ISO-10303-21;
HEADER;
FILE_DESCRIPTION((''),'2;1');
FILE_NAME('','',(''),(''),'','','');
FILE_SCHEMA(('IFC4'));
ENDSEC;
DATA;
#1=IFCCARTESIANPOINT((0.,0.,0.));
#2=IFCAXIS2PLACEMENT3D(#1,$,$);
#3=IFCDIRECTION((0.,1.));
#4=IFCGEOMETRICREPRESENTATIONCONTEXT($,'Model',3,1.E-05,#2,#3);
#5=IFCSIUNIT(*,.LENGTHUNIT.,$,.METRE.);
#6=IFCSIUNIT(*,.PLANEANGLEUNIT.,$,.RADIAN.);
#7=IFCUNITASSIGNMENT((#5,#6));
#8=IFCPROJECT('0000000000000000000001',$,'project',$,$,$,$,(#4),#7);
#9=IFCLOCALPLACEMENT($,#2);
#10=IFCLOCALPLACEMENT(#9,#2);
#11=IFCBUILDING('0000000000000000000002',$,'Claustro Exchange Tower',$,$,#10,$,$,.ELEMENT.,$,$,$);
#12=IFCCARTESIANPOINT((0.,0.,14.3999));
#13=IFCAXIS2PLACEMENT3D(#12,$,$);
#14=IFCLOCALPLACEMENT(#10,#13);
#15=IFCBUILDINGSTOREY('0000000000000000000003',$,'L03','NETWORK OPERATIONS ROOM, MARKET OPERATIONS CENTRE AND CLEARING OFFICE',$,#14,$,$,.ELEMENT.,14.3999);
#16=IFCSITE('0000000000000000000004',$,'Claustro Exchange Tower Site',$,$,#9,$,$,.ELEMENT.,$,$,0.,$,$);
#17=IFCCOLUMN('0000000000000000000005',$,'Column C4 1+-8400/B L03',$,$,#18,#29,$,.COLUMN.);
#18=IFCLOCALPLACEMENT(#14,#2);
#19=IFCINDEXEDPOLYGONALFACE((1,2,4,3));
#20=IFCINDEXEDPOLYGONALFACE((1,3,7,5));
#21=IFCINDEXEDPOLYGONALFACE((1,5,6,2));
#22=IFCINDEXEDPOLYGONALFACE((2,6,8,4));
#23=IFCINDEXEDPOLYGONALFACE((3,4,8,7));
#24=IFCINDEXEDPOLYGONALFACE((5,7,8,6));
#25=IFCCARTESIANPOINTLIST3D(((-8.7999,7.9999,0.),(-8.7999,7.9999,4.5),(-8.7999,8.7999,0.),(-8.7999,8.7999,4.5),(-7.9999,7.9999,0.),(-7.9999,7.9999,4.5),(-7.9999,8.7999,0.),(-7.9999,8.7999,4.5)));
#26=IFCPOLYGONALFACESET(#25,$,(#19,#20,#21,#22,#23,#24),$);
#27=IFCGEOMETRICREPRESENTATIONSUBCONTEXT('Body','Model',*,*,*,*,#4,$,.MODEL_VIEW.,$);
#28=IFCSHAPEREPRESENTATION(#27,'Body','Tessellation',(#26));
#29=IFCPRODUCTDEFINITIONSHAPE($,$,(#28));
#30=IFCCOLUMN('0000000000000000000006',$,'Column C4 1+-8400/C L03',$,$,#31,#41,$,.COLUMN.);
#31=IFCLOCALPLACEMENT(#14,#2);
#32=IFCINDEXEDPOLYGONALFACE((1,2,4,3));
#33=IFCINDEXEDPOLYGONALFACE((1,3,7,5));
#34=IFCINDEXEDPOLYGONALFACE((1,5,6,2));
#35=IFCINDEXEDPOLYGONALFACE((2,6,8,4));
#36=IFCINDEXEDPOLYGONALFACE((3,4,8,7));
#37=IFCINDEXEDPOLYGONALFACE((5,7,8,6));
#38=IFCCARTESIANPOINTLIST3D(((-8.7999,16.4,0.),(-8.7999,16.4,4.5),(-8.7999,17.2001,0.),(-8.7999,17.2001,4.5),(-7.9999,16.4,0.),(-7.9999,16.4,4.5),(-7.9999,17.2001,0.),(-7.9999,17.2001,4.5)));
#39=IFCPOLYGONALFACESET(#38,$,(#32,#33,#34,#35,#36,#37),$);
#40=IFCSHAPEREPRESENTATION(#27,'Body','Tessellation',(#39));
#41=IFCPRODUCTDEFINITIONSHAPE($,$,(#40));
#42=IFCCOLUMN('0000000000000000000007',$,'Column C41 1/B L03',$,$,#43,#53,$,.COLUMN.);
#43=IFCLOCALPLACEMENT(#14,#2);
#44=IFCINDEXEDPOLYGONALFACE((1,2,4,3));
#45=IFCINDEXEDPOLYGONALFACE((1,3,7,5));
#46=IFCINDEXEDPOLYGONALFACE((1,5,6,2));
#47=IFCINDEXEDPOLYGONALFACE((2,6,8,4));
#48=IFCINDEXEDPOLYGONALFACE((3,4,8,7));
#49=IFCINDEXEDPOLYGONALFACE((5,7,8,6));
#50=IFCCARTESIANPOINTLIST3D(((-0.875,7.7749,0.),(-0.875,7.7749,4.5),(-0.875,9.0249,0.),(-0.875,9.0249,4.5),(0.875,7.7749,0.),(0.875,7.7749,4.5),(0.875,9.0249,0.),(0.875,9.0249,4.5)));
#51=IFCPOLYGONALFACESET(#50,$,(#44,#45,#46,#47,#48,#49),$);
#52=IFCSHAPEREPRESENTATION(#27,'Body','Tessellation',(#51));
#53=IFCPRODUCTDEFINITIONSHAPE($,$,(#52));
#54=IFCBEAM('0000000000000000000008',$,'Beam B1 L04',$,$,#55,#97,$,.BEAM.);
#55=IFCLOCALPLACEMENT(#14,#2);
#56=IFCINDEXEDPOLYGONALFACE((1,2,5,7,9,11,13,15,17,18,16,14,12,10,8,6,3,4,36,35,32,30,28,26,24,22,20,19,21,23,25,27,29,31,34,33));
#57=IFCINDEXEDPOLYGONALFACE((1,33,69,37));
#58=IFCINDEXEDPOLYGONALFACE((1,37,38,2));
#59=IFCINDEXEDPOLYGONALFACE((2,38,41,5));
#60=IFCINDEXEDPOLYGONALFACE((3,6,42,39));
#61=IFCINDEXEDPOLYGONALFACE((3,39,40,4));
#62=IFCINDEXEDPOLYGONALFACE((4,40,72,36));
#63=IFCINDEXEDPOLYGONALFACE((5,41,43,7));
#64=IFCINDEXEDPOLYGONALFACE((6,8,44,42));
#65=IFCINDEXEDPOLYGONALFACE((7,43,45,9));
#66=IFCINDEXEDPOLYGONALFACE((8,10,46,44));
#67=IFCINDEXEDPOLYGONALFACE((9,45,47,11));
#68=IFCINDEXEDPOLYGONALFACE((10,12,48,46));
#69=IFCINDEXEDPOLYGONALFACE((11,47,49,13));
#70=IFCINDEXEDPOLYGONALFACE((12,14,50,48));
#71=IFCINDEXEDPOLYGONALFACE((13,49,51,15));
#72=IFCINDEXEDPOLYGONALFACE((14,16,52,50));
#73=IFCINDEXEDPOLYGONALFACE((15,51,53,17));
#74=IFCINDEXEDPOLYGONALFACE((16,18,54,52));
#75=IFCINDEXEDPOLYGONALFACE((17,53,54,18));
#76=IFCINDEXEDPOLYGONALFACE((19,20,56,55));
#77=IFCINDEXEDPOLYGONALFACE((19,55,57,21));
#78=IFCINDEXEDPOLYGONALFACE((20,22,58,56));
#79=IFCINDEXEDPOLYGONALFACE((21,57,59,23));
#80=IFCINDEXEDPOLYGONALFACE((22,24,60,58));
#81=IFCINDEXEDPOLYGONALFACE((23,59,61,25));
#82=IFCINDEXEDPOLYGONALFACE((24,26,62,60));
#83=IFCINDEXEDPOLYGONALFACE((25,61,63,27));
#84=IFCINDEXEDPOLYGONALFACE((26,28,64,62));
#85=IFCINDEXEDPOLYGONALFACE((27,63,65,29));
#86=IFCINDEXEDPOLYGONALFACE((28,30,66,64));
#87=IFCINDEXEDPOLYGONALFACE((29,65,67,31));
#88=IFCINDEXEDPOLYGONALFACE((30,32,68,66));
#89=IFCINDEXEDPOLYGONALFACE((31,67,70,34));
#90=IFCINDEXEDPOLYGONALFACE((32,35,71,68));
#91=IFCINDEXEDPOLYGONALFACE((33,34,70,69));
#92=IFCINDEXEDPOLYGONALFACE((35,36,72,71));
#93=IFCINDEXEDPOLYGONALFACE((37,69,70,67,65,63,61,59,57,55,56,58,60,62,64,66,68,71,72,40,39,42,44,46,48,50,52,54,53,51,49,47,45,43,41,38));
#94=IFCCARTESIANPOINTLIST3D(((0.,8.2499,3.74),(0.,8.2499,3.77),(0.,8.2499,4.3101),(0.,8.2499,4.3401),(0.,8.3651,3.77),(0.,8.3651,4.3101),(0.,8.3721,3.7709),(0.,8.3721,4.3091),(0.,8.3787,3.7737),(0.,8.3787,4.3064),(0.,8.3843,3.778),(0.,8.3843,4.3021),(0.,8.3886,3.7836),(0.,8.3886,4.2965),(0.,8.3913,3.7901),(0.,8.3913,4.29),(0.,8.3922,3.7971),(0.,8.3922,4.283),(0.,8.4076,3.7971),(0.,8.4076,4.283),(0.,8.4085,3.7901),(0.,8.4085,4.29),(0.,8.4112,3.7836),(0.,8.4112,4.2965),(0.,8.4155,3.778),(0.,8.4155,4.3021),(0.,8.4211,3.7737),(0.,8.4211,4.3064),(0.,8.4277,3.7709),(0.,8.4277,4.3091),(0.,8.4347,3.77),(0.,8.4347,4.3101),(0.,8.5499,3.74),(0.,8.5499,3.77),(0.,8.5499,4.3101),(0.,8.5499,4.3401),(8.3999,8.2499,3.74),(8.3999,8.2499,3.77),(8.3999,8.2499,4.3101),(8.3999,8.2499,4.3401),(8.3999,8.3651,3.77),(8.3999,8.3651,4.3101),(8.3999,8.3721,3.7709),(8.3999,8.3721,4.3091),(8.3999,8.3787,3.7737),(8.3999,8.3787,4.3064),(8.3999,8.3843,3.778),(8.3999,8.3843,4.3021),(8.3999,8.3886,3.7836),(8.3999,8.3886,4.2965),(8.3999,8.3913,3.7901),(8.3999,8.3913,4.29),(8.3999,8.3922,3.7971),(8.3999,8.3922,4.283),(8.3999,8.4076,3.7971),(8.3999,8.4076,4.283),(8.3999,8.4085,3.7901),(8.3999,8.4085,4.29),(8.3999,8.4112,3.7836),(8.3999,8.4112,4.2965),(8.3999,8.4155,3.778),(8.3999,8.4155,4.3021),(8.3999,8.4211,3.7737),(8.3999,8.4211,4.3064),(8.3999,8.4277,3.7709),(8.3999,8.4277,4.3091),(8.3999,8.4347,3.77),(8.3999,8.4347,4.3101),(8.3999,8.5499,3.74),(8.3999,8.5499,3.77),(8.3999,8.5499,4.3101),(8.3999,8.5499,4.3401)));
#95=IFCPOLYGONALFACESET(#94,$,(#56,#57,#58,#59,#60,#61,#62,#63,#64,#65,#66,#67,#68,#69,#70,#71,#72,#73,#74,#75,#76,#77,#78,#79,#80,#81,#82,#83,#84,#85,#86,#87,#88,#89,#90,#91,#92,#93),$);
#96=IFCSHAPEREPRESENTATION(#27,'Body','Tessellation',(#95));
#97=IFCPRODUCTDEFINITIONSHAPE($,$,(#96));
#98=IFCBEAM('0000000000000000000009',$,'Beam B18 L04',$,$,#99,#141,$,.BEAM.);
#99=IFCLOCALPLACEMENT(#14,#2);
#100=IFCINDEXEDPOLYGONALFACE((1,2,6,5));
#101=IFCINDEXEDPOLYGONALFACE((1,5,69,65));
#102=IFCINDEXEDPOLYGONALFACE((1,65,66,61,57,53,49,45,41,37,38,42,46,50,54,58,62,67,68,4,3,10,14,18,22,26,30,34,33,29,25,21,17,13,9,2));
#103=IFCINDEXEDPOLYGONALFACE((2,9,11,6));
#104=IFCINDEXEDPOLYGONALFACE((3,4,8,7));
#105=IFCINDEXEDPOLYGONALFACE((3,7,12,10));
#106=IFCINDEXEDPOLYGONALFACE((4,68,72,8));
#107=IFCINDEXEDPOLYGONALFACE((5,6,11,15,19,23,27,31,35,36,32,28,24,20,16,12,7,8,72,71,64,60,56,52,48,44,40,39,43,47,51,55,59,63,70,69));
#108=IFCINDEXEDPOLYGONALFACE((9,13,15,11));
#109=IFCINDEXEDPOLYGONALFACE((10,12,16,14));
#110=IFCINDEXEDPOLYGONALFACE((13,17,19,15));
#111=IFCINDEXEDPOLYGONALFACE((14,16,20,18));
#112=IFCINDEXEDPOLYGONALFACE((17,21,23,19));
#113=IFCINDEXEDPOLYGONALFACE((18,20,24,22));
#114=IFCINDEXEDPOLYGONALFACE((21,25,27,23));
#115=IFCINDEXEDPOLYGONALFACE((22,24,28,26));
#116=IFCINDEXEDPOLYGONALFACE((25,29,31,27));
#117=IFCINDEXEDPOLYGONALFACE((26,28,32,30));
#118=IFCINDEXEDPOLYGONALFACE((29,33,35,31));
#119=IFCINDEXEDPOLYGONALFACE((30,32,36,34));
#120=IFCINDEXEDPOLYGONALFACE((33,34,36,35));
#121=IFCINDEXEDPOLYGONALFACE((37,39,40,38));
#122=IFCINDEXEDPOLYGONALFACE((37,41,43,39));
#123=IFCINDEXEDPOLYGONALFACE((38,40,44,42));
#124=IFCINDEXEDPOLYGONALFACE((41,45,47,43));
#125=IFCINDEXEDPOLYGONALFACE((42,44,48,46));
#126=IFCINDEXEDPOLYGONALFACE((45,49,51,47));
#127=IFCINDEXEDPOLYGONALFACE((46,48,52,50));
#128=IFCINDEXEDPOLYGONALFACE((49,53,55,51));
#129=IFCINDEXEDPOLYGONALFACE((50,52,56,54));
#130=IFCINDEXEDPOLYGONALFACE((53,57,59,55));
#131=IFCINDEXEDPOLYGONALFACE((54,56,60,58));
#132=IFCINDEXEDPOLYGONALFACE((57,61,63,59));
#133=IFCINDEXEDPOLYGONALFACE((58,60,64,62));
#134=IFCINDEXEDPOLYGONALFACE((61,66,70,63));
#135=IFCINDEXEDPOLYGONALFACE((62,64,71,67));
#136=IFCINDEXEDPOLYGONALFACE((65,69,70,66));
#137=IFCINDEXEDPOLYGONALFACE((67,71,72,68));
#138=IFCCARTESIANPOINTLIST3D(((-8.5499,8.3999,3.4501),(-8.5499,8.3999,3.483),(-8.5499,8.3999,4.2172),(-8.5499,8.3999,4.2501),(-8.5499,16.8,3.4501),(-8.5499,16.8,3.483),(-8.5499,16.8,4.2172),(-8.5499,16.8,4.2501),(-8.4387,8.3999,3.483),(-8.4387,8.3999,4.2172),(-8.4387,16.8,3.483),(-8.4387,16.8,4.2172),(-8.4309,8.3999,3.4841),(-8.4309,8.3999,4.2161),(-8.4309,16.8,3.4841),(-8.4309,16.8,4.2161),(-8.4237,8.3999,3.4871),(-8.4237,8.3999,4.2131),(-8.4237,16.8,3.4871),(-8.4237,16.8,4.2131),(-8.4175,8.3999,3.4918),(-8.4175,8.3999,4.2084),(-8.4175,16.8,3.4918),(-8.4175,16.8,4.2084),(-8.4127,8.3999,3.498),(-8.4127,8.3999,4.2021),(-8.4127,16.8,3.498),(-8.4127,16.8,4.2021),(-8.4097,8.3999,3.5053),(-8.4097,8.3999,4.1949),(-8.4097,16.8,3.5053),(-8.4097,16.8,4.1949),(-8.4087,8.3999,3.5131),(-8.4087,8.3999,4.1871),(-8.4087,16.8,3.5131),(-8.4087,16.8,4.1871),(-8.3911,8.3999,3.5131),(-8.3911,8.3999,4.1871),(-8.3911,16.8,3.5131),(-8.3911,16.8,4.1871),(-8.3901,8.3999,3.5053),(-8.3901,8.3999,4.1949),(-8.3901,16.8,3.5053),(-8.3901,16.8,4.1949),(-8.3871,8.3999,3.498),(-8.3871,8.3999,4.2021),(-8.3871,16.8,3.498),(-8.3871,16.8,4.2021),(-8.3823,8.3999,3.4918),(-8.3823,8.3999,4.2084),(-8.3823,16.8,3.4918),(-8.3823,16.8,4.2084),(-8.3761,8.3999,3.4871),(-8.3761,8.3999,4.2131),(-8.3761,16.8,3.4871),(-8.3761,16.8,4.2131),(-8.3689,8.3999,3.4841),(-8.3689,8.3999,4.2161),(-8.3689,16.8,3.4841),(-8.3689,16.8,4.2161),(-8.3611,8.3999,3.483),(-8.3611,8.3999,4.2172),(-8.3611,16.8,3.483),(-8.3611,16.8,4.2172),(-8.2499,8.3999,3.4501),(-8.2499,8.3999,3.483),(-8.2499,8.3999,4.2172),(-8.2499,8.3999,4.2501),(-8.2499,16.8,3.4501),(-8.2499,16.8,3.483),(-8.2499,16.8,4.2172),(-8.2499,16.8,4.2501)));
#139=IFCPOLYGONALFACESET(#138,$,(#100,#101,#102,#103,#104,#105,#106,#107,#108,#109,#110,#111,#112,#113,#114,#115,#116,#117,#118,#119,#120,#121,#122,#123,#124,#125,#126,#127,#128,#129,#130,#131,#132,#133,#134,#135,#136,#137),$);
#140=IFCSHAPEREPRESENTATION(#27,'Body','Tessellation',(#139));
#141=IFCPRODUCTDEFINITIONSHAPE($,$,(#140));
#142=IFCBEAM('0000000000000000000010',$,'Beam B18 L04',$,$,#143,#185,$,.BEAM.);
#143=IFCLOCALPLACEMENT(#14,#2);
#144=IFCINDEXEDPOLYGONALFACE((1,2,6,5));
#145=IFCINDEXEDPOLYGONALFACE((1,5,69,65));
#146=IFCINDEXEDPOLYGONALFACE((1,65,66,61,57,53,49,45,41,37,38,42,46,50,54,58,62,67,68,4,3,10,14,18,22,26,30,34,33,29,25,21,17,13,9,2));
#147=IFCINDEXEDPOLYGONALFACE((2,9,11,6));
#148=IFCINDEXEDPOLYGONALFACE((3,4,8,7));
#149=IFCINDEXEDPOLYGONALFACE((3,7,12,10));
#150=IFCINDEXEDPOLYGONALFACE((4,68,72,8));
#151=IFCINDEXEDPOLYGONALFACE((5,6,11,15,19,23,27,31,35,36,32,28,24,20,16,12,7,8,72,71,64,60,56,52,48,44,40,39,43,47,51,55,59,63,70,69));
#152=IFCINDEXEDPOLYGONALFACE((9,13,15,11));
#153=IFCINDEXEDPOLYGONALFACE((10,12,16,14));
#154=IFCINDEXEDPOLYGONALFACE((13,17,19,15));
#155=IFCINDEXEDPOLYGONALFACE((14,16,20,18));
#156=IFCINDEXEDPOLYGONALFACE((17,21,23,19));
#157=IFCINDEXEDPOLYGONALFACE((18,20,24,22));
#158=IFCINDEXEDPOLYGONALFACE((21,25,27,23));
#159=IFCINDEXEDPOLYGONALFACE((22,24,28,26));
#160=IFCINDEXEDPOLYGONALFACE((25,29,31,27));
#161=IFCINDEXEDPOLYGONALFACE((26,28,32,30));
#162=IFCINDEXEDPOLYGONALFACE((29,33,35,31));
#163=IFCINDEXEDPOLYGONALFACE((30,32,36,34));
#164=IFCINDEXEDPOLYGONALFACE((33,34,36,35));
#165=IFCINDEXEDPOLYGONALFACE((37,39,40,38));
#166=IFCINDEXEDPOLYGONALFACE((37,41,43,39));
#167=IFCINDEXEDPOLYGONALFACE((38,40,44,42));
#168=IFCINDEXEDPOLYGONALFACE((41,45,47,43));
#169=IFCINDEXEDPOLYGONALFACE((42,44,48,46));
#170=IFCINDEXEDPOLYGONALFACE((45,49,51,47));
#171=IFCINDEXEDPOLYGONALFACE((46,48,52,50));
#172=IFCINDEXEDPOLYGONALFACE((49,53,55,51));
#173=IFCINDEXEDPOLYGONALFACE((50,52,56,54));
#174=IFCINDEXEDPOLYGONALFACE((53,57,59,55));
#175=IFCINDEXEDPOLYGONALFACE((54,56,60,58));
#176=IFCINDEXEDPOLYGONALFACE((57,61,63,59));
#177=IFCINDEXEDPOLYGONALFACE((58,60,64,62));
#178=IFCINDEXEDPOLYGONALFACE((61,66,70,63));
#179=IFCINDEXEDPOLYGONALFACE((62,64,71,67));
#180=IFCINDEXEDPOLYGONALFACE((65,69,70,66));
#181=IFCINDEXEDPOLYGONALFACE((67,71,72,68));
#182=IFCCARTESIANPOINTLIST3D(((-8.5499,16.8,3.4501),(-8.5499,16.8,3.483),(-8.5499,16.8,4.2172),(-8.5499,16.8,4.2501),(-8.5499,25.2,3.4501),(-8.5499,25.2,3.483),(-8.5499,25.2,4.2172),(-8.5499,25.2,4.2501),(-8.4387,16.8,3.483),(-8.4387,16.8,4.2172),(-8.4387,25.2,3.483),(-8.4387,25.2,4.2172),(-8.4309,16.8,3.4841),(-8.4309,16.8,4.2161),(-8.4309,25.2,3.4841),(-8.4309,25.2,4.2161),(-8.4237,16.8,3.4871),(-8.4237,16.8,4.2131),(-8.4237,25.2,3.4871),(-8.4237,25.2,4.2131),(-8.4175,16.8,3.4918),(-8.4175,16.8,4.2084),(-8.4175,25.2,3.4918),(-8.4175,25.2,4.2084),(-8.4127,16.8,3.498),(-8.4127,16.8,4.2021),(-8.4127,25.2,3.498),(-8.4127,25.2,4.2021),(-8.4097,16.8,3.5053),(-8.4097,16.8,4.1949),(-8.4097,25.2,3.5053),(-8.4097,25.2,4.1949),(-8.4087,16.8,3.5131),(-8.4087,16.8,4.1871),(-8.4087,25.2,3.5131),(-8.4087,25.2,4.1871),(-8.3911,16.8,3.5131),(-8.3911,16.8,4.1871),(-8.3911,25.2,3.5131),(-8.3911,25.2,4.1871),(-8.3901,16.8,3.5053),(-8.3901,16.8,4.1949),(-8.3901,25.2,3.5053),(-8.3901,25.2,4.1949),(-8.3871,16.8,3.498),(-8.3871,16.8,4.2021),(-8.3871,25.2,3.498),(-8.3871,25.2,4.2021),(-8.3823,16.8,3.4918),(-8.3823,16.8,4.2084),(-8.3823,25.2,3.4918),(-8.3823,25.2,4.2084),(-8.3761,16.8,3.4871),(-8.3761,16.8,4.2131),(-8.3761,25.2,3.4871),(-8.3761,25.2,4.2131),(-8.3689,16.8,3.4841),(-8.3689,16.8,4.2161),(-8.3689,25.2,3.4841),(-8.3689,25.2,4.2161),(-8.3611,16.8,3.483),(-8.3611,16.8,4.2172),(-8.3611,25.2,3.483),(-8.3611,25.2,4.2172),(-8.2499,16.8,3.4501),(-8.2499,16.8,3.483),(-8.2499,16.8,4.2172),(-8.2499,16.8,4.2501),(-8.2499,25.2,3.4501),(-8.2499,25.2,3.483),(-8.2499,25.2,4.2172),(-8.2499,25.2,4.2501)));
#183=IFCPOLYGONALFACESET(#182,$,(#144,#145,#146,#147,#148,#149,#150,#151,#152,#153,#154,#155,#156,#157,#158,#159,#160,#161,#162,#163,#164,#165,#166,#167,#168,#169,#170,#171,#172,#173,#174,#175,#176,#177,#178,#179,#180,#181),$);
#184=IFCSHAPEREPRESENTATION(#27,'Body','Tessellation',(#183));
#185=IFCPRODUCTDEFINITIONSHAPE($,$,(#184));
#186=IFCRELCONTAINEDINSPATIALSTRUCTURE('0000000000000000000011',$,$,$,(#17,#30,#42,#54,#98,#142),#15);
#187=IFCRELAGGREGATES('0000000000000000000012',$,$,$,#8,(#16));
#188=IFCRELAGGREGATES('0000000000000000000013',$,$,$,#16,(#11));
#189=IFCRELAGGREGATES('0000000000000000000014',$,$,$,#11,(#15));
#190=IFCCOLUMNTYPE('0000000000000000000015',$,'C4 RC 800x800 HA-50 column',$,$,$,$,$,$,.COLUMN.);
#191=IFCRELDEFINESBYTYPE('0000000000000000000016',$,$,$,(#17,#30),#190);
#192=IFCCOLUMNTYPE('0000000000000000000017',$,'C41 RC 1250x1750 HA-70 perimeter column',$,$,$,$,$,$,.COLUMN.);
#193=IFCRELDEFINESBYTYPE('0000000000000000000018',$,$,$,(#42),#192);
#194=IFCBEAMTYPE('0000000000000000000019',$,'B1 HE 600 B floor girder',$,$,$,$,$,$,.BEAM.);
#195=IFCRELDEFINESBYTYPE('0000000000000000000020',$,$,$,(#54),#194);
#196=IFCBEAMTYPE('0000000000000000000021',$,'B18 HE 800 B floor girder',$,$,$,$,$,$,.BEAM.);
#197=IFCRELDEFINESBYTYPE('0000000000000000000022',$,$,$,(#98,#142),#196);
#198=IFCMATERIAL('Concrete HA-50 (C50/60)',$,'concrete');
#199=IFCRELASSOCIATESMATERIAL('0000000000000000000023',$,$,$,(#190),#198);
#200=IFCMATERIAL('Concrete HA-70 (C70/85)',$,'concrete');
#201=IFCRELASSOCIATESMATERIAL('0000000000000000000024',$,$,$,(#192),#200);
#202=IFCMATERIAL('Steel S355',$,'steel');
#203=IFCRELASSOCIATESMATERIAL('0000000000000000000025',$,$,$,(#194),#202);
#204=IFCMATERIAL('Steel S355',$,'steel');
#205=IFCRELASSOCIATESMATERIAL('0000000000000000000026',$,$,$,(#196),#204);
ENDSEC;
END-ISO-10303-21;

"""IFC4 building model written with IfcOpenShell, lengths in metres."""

from ifc_helpers import new_model, si_unit, direction, frame, origin, origin_2d, place, context, subcontext, project, spatial, rectangle, i_section, extrude, material, material_profile, profile_set, type_object, element, save


model = new_model("IFC4")

# Units and contexts
model_context = context("Model", 3, precision=1e-05, world=origin(), true_north=direction((0.0, 1.0)))
body_context = subcontext(model_context, "Body", "Model", "MODEL_VIEW")
ifc_project = project(units=[si_unit("LENGTHUNIT", "METRE"), si_unit("PLANEANGLEUNIT", "RADIAN")], contexts=[model_context])

# Site, building, storey
site_placement = place(None, origin())
site = spatial("IfcSite", under=ifc_project, at=site_placement, Name="Claustro Exchange Tower Site", CompositionType="ELEMENT", RefElevation=0.0)
building_placement = place(site_placement, origin())
building = spatial("IfcBuilding", under=site, at=building_placement, Name="Claustro Exchange Tower", CompositionType="ELEMENT")
storey_placement = place(building_placement, frame((0.0, 0.0, 14.3999)))
storey = spatial("IfcBuildingStorey", under=building, at=storey_placement, Name="L03", Description="NETWORK OPERATIONS ROOM, MARKET OPERATIONS CENTRE AND CLEARING OFFICE", CompositionType="ELEMENT", Elevation=14.3999)

# Columns
ifc_material_1 = material(Name="Concrete HA-50 (C50/60)", Category="concrete")
ifc_material_profile_1 = material_profile(ifc_material_1, rectangle(XDim=0.8, YDim=0.8, at=origin_2d()), Name="RC 800x800")
ifc_profile_set_1 = profile_set([ifc_material_profile_1], Name="Concrete HA-50 (C50/60)")
column_type_1 = type_object("IfcColumnType", Name="C4 RC 800x800 HA-50 column", PredefinedType="COLUMN", material=ifc_profile_set_1)
for number, where, z_axis, x_axis, name in (
    (1, (-8.3999, 8.3999, 0.0), (0.0, 0.0, 1.0), (1.0, 0.0, 0.0), "Column C4 1+-8400/B L03"),
    (2, (-8.3999, 16.8, 0.0), (0.0, 0.0, 1.0), (1.0, 0.0, 0.0), "Column C4 1+-8400/C L03"),
):
    element("IfcColumn", number, at=place(storey_placement, frame(where, z_axis=z_axis, x_axis=x_axis)), inside=storey, type_object=column_type_1, Name=name, PredefinedType="COLUMN", context=body_context, shape_type="SweptSolid", body=[
        extrude(rectangle(XDim=0.8, YDim=0.8, at=origin_2d()), origin(), (0.0, 0.0, 1.0), 4.5),
    ])
ifc_material_2 = material(Name="Concrete HA-70 (C70/85)", Category="concrete")
ifc_material_profile_2 = material_profile(ifc_material_2, rectangle(XDim=1.25, YDim=1.75, at=origin_2d()), Name="RC 1250x1750")
ifc_profile_set_2 = profile_set([ifc_material_profile_2], Name="Concrete HA-70 (C70/85)")
column_type_2 = type_object("IfcColumnType", Name="C41 RC 1250x1750 HA-70 perimeter column", PredefinedType="COLUMN", material=ifc_profile_set_2)
column_placement = place(storey_placement, frame((0.0, 8.3999, 0.0), z_axis=(0.0, 0.0, 1.0), x_axis=(0.0, 1.0, 0.0)))
element("IfcColumn", 3, at=column_placement, inside=storey, type_object=column_type_2, Name="Column C41 1/B L03", PredefinedType="COLUMN", context=body_context, shape_type="SweptSolid", body=[
    extrude(rectangle(XDim=1.25, YDim=1.75, at=origin_2d()), origin(), (0.0, 0.0, 1.0), 4.5),
])

# Beams
ifc_material_3 = material(Name="Steel S355", Category="steel")
ifc_material_profile_3 = material_profile(ifc_material_3, i_section(OverallWidth=0.3, OverallDepth=0.6001, WebThickness=0.0154, FlangeThickness=0.03, FilletRadius=0.0271, at=origin_2d()), Name="HE 600 B")
ifc_profile_set_3 = profile_set([ifc_material_profile_3], Name="Steel S355")
beam_type_1 = type_object("IfcBeamType", Name="B1 HE 600 B floor girder", PredefinedType="BEAM", material=ifc_profile_set_3)
beam_1_placement = place(storey_placement, frame((0.0, 8.3999, 4.04), z_axis=(1.0, 0.0, 0.0), x_axis=(0.0, 1.0, 0.0)))
element("IfcBeam", 4, at=beam_1_placement, inside=storey, type_object=beam_type_1, Name="Beam B1 L04", PredefinedType="BEAM", context=body_context, shape_type="SweptSolid", body=[
    extrude(i_section(OverallWidth=0.3, OverallDepth=0.6001, WebThickness=0.0154, FlangeThickness=0.03, FilletRadius=0.0271, at=origin_2d()), origin(), (0.0, 0.0, 1.0), 8.3999),
])
ifc_material_4 = material(Name="Steel S355", Category="steel")
ifc_material_profile_4 = material_profile(ifc_material_4, i_section(OverallWidth=0.3, OverallDepth=0.8, WebThickness=0.0176, FlangeThickness=0.033, FilletRadius=0.03, at=origin_2d()), Name="HE 800 B")
ifc_profile_set_4 = profile_set([ifc_material_profile_4], Name="Steel S355")
beam_type_2 = type_object("IfcBeamType", Name="B18 HE 800 B floor girder", PredefinedType="BEAM", material=ifc_profile_set_4)
beam_2_placement = place(storey_placement, frame((-8.3999, 8.3999, 3.8501), z_axis=(0.0, 1.0, 0.0), x_axis=(-1.0, 0.0, 0.0)))
element("IfcBeam", 5, at=beam_2_placement, inside=storey, type_object=beam_type_2, Name="Beam B18 L04", PredefinedType="BEAM", context=body_context, shape_type="SweptSolid", body=[
    extrude(i_section(OverallWidth=0.3, OverallDepth=0.8, WebThickness=0.0176, FlangeThickness=0.033, FilletRadius=0.03, at=origin_2d()), origin(), (0.0, 0.0, 1.0), 8.4001),
])
for number, where, z_axis, x_axis, name in (
    (6, (-8.3999, 16.8, 3.8501), (0.0, 1.0, 0.0), (-1.0, 0.0, 0.0), "Beam B18 L04"),
):
    element("IfcBeam", number, at=place(storey_placement, frame(where, z_axis=z_axis, x_axis=x_axis)), inside=storey, type_object=beam_type_2, Name=name, PredefinedType="BEAM", context=body_context, shape_type="SweptSolid", body=[
        extrude(i_section(OverallWidth=0.3, OverallDepth=0.8, WebThickness=0.0176, FlangeThickness=0.033, FilletRadius=0.03, at=origin_2d()), origin(), (0.0, 0.0, 1.0), 8.3999),
    ])

save(model, "model.ifc")
